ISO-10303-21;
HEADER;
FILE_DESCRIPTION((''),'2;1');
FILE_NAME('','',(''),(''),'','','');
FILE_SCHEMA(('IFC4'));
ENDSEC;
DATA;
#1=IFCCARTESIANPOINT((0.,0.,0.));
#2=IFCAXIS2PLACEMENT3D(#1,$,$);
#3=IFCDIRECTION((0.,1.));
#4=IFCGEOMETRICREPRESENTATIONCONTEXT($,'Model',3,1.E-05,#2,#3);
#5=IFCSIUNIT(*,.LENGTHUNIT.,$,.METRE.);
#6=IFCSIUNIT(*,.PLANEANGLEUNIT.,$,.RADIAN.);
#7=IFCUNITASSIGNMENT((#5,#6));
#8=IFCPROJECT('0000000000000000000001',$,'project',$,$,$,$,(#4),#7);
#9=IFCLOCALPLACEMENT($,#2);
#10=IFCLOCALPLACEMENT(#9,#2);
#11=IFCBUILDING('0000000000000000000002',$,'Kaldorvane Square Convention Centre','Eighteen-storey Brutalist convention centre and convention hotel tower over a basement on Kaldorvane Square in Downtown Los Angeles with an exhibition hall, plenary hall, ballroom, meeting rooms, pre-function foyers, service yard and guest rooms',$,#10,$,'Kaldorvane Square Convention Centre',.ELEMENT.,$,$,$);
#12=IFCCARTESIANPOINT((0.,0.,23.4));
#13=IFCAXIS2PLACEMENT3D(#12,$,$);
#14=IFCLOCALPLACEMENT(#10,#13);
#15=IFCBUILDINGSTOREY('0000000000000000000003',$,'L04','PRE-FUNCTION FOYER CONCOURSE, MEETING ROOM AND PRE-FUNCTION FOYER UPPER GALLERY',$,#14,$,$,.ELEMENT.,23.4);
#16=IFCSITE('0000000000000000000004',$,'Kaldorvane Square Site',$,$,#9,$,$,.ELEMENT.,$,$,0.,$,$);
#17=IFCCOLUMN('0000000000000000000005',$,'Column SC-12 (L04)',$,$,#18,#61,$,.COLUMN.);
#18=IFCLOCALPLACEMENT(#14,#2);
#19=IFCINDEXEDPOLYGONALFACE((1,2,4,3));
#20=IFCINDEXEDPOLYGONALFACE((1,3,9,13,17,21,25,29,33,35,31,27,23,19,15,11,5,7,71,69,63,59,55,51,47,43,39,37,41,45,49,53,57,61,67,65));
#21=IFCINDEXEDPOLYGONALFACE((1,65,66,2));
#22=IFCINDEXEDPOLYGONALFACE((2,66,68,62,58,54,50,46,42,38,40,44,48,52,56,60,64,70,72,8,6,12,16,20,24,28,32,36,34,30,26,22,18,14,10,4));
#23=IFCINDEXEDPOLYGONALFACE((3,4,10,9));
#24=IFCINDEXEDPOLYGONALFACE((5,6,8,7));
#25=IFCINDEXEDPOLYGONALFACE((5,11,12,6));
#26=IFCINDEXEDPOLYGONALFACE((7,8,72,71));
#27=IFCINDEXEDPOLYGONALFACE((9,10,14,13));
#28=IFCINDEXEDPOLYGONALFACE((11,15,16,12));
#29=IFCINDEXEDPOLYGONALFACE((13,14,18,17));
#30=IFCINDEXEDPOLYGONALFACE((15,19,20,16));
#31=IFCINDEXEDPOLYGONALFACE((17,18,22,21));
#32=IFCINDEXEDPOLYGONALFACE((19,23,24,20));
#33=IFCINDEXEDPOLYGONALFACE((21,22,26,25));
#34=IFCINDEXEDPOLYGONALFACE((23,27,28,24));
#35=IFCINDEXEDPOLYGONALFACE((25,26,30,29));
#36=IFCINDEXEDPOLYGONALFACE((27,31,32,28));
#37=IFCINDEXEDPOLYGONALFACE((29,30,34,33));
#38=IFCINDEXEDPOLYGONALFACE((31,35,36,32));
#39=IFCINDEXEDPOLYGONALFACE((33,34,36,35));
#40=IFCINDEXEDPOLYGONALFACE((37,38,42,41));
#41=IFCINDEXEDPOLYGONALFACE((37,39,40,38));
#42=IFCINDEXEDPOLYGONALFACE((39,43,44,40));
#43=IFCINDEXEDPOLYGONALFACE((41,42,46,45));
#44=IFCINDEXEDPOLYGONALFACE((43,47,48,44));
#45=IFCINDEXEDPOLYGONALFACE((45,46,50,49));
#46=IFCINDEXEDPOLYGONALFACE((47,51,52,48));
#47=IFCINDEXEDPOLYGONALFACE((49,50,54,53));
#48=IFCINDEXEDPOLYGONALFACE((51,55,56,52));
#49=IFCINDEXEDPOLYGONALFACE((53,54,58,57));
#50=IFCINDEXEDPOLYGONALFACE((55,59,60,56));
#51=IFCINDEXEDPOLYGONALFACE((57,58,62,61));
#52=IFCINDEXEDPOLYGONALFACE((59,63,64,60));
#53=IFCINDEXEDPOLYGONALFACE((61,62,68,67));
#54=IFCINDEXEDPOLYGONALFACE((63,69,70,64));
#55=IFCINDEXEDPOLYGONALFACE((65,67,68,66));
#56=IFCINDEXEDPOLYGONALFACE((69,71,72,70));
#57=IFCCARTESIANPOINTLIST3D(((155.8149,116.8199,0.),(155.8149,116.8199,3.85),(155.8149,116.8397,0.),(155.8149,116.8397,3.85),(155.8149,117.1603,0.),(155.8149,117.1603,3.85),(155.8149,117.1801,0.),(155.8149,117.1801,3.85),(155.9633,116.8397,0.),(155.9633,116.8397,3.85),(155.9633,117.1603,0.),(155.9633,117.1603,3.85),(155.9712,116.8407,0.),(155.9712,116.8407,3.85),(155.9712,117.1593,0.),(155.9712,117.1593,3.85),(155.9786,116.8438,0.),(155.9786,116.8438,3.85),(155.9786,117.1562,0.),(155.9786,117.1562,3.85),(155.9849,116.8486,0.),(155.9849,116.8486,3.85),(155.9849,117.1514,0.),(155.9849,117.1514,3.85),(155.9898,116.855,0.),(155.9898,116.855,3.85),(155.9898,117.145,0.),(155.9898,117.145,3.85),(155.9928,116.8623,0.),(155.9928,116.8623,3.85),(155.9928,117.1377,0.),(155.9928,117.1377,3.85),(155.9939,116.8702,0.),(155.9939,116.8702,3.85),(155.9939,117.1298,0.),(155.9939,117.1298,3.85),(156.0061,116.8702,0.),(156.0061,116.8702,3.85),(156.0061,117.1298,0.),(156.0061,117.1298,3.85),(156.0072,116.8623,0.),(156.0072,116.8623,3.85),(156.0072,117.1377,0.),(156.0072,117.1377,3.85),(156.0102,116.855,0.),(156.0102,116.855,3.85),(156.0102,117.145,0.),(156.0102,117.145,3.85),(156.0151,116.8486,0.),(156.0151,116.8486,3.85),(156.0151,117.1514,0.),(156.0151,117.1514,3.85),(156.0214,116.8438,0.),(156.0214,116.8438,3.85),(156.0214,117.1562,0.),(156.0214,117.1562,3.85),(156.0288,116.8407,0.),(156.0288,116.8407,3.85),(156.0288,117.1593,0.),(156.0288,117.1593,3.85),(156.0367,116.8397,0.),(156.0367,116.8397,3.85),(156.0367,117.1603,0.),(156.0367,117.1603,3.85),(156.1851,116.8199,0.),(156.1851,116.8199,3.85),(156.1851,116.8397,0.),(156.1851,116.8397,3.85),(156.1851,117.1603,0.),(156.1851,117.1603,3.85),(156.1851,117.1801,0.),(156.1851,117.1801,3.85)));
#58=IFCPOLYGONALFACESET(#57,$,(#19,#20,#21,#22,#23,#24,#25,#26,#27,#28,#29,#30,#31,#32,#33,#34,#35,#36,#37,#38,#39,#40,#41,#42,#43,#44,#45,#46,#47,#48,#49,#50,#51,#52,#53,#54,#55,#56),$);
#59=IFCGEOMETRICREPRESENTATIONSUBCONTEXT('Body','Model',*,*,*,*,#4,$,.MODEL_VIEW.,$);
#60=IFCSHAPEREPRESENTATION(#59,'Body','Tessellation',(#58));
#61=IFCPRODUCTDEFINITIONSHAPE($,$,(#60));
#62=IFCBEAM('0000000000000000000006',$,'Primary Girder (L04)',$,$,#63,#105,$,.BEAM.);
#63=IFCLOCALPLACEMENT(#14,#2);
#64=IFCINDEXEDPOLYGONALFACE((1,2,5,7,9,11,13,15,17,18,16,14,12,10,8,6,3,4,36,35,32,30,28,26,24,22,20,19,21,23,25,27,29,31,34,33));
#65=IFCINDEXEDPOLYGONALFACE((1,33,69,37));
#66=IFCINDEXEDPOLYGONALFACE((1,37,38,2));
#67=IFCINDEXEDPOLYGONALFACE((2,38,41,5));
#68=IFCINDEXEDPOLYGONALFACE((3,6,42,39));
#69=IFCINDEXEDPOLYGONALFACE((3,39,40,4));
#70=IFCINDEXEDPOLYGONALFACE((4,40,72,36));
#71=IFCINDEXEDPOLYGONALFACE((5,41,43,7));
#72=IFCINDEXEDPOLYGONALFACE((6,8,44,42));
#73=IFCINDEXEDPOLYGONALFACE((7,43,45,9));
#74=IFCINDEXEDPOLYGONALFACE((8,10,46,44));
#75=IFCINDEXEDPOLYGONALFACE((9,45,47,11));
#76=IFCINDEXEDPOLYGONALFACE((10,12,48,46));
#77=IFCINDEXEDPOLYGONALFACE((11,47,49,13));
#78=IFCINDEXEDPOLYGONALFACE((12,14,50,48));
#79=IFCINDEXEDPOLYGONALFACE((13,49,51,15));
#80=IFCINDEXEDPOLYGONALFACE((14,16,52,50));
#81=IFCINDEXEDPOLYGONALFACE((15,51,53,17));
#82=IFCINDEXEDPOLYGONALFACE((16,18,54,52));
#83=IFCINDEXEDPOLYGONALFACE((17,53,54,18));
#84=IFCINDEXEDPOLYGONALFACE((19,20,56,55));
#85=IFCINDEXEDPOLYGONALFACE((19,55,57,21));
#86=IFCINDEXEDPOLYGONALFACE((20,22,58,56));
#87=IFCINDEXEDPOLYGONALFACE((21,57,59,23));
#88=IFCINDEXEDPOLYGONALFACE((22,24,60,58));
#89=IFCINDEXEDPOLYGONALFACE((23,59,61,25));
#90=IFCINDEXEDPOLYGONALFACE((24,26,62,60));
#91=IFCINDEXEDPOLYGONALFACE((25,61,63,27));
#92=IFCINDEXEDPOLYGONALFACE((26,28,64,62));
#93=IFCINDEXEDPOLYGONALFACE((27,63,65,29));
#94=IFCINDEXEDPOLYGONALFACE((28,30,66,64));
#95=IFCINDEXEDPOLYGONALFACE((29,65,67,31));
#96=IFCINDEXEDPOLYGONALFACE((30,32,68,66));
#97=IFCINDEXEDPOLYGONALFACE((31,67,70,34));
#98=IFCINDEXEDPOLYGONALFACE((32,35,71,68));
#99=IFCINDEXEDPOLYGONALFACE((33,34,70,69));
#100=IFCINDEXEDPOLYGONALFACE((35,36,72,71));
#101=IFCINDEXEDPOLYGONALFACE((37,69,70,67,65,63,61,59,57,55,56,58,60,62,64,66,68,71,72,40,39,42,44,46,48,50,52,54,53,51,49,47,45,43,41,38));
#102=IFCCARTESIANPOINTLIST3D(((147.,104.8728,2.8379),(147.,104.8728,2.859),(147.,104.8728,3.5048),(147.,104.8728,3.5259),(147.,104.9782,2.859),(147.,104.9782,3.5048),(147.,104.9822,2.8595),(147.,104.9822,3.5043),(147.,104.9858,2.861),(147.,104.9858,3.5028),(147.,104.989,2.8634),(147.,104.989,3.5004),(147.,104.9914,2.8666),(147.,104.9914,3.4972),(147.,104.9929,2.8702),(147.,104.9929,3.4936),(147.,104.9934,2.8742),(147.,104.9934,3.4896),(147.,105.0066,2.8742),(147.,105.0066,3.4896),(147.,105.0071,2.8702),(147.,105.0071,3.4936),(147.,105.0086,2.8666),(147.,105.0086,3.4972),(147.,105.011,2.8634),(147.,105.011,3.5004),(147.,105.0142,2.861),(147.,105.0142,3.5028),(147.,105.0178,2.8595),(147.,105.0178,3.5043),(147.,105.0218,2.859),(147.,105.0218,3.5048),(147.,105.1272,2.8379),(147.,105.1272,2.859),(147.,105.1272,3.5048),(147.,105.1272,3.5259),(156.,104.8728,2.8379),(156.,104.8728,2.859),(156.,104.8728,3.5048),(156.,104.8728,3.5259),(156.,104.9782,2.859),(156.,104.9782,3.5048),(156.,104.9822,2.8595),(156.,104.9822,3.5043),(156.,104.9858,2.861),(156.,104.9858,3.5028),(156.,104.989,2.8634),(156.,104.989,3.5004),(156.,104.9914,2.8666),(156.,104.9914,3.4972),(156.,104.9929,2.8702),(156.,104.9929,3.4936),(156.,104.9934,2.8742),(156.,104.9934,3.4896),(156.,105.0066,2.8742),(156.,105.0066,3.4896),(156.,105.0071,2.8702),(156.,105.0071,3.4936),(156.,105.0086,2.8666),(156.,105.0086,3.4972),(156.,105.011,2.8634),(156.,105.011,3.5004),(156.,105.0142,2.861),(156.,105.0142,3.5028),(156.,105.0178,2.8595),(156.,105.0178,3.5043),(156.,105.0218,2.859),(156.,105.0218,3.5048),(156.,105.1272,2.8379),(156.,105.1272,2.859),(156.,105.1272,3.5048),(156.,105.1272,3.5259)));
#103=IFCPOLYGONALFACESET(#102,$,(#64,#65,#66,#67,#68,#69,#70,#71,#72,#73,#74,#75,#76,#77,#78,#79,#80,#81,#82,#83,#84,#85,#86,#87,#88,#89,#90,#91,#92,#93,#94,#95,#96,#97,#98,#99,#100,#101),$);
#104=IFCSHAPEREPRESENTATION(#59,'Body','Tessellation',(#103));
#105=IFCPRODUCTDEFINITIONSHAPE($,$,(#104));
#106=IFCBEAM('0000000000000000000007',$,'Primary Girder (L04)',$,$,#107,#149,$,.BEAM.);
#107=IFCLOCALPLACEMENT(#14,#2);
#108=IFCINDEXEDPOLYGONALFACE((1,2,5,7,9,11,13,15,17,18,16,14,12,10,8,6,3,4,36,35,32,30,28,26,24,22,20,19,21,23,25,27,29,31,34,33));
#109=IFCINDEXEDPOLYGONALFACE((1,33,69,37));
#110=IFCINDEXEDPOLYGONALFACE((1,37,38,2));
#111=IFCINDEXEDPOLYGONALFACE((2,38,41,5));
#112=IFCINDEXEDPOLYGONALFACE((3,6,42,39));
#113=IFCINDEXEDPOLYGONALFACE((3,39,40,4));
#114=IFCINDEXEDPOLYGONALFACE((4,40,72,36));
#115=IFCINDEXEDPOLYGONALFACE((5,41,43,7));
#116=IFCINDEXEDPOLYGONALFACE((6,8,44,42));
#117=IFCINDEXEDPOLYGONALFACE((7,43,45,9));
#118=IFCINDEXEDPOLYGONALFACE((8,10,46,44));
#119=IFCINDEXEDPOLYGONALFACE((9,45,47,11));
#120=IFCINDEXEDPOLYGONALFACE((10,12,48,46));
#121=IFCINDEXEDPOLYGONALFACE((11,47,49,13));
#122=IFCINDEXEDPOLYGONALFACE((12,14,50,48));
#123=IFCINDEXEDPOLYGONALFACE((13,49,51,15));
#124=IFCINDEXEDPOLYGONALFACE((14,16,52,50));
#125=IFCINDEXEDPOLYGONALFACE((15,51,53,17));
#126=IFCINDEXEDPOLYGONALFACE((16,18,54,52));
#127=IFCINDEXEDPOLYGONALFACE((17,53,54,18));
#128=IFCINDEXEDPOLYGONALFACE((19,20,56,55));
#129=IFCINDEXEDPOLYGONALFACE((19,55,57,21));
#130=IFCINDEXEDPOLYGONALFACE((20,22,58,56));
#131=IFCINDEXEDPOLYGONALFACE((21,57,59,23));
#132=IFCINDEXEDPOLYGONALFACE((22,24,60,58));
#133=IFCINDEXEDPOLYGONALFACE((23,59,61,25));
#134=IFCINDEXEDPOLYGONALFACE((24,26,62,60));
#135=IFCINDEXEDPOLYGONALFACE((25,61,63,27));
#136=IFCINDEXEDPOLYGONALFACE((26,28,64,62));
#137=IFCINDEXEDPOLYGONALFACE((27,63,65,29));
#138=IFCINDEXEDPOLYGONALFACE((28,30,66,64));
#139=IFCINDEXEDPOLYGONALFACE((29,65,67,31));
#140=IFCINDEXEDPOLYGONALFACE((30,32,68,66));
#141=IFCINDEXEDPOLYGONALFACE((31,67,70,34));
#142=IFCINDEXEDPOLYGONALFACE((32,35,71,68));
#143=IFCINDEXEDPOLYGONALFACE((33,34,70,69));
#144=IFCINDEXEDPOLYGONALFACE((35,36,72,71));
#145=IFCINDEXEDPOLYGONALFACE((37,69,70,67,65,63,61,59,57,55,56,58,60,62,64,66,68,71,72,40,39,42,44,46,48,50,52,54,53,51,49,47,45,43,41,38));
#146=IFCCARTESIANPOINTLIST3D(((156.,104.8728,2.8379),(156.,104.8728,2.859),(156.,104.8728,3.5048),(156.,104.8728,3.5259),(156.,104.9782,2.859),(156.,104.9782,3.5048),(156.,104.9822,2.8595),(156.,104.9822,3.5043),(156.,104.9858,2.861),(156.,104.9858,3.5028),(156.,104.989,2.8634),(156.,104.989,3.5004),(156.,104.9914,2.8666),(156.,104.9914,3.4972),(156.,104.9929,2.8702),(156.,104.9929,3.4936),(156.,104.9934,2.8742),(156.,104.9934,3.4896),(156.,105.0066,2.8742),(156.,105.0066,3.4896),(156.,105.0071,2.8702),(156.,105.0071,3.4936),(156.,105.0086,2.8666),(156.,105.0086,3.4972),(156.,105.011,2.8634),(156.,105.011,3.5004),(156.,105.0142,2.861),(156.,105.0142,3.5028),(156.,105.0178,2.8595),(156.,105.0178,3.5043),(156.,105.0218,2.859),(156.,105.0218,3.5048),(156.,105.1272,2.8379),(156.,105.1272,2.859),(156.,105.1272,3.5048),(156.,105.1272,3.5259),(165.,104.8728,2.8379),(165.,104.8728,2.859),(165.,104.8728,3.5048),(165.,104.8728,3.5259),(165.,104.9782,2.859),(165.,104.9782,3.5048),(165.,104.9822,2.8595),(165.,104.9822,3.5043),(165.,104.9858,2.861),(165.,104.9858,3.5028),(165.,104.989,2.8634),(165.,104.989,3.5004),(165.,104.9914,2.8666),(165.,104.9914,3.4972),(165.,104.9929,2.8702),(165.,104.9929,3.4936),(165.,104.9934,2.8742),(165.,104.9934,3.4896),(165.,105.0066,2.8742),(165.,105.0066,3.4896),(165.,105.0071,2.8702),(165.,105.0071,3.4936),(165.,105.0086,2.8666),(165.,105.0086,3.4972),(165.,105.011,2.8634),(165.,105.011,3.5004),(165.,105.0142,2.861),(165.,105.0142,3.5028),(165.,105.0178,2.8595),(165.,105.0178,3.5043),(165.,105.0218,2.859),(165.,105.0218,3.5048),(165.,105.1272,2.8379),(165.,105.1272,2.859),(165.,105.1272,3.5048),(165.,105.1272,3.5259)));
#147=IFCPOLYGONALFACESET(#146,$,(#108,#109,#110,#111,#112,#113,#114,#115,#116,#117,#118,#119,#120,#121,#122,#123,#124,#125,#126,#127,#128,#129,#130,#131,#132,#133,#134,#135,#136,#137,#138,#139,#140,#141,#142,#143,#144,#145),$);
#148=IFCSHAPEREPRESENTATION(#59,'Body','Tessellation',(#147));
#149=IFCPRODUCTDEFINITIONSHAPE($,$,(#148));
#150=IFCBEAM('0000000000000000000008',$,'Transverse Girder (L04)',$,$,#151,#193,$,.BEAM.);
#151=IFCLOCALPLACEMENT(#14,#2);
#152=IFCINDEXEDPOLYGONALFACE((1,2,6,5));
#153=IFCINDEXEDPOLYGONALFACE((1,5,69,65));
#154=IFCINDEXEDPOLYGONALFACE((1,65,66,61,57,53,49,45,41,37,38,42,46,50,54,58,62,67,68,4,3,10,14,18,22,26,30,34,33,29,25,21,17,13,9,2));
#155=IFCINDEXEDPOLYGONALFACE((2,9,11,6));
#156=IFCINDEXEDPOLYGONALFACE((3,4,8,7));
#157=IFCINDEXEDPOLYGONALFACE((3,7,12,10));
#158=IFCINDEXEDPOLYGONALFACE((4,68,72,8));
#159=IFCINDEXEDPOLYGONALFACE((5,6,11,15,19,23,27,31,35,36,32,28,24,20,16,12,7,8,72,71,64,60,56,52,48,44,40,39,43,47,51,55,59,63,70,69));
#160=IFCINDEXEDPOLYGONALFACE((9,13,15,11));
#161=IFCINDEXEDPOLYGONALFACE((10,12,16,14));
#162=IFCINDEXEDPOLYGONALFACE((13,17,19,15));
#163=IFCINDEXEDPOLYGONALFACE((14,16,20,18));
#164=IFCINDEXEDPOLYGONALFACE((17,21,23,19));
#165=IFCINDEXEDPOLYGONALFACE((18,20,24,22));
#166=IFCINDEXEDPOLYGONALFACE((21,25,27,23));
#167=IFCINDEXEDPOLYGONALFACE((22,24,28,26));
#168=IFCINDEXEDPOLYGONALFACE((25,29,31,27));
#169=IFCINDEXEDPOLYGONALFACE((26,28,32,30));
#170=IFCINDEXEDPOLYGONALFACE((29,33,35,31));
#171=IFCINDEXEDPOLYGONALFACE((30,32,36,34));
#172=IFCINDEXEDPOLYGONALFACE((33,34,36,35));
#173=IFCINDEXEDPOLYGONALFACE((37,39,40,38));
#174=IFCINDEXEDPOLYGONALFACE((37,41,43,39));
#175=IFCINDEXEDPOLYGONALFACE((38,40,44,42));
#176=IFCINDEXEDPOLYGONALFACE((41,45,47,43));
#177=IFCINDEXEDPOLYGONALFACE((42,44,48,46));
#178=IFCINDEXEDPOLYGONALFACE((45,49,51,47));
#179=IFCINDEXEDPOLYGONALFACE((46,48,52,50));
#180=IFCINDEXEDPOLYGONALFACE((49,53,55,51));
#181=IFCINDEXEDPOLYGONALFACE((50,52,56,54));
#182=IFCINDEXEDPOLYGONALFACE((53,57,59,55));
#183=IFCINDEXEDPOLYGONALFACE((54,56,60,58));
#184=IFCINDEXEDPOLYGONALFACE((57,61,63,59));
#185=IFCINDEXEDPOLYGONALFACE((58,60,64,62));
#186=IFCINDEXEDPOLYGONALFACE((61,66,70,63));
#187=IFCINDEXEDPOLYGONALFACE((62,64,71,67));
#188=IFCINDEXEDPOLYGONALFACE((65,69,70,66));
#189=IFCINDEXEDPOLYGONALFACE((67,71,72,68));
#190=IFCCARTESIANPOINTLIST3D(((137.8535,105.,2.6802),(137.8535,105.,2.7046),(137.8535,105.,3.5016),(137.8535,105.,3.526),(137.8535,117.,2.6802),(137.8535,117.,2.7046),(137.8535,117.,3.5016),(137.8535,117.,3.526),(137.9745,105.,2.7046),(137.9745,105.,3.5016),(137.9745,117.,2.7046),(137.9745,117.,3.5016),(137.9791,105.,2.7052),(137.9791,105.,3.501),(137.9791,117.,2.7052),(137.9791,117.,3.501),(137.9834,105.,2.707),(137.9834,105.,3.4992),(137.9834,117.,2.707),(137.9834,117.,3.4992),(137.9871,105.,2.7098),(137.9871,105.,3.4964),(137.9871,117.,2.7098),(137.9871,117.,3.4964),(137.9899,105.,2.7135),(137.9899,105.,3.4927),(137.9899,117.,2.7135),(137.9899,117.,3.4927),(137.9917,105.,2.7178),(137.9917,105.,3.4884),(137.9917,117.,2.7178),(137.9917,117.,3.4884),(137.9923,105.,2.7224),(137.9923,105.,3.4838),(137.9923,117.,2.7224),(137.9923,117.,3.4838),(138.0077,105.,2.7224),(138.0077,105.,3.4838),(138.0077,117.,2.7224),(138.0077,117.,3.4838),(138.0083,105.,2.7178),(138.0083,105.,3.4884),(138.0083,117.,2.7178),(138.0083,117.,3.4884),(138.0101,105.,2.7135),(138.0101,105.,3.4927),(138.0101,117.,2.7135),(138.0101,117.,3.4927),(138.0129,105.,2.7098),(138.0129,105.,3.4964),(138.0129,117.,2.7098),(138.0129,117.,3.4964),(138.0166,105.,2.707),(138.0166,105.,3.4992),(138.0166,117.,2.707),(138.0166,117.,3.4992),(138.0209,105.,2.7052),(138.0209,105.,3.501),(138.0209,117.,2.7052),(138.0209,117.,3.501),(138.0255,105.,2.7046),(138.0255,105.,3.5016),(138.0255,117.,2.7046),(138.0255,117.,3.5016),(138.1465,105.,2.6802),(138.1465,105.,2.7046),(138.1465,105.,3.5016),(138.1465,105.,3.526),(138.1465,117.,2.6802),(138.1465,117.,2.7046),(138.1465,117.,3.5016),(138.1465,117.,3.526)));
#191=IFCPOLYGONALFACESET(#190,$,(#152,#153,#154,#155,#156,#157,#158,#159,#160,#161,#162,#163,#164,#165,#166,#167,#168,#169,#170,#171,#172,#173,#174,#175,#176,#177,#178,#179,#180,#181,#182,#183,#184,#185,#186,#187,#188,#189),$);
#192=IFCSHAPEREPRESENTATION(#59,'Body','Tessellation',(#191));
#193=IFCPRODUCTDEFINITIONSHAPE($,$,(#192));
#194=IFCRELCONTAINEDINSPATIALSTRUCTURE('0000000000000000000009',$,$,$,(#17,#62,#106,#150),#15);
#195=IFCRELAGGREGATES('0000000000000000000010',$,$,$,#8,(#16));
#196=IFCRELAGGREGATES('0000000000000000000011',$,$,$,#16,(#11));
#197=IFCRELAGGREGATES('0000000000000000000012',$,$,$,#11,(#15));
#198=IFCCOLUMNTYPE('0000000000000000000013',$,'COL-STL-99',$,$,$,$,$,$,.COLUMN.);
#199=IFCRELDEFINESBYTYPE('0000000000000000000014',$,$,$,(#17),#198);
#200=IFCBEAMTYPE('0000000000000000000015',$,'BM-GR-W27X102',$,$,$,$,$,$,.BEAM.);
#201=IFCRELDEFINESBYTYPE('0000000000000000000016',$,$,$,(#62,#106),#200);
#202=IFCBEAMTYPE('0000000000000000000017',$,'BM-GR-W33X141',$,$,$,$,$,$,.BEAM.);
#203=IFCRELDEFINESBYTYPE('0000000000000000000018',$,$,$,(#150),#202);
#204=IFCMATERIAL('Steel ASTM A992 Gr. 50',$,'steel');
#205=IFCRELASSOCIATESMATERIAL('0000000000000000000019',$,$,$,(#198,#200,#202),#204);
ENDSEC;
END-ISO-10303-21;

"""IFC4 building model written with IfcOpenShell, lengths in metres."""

from ifc_helpers import new_model, si_unit, direction, frame, origin, origin_2d, place, context, subcontext, project, spatial, i_section, extrude, material, material_profile, profile_set, type_object, element, save


model = new_model("IFC4")

# Units and contexts
model_context = context("Model", 3, precision=1e-05, world=origin(), true_north=direction((0.0, 1.0)))
body_context = subcontext(model_context, "Body", "Model", "MODEL_VIEW")
ifc_project = project(units=[si_unit("LENGTHUNIT", "METRE"), si_unit("PLANEANGLEUNIT", "RADIAN")], contexts=[model_context])

# Site, building, storey
site_placement = place(None, origin())
site = spatial("IfcSite", under=ifc_project, at=site_placement, Name="Kaldorvane Square Site", CompositionType="ELEMENT", RefElevation=0.0)
building_placement = place(site_placement, origin())
building = spatial("IfcBuilding", under=site, at=building_placement, Name="Kaldorvane Square Convention Centre", Description="Eighteen-storey Brutalist convention centre and convention hotel tower over a basement on Kaldorvane Square in Downtown Los Angeles with an exhibition hall, plenary hall, ballroom, meeting rooms, pre-function foyers, service yard and guest rooms", LongName="Kaldorvane Square Convention Centre", CompositionType="ELEMENT")
storey_placement = place(building_placement, frame((0.0, 0.0, 23.4)))
storey = spatial("IfcBuildingStorey", under=building, at=storey_placement, Name="L04", Description="PRE-FUNCTION FOYER CONCOURSE, MEETING ROOM AND PRE-FUNCTION FOYER UPPER GALLERY", CompositionType="ELEMENT", Elevation=23.4)

# Column
ifc_material_1 = material(Name="Steel ASTM A992 Gr. 50", Category="steel")
ifc_material_profile_1 = material_profile(ifc_material_1, i_section(OverallWidth=0.3701, OverallDepth=0.3602, WebThickness=0.0123, FlangeThickness=0.0198, FilletRadius=0.0305, at=origin_2d()), Name="W14X99")
ifc_profile_set_1 = profile_set([ifc_material_profile_1], Name="Steel ASTM A992 Gr. 50")
column_type = type_object("IfcColumnType", Name="COL-STL-99", PredefinedType="COLUMN", material=ifc_profile_set_1)
for number, where, z_axis, x_axis, name in (
    (1, (156.0, 117.0, 0.0), (0.0, 0.0, 1.0), (1.0, 0.0, 0.0), "Column SC-12 (L04)"),
):
    element("IfcColumn", number, at=place(storey_placement, frame(where, z_axis=z_axis, x_axis=x_axis)), inside=storey, type_object=column_type, Name=name, PredefinedType="COLUMN", context=body_context, shape_type="SweptSolid", body=[
        extrude(i_section(OverallWidth=0.3701, OverallDepth=0.3602, WebThickness=0.0123, FlangeThickness=0.0198, FilletRadius=0.0305, at=origin_2d()), origin(), (0.0, 0.0, 1.0), 3.85),
    ])

# Beams
ifc_material_profile_2 = material_profile(ifc_material_1, i_section(OverallWidth=0.2544, OverallDepth=0.6881, WebThickness=0.0131, FlangeThickness=0.0211, FilletRadius=0.0152, at=origin_2d()), Name="W27X102")
ifc_profile_set_2 = profile_set([ifc_material_profile_2], Name="Steel ASTM A992 Gr. 50")
beam_type_1 = type_object("IfcBeamType", Name="BM-GR-W27X102", PredefinedType="BEAM", material=ifc_profile_set_2)
for number, where, z_axis, x_axis, name in (
    (2, (147.0, 105.0, 3.1819), (1.0, 0.0, 0.0), (0.0, 1.0, 0.0), "Primary Girder (L04)"),
    (3, (156.0, 105.0, 3.1819), (1.0, 0.0, 0.0), (0.0, 1.0, 0.0), "Primary Girder (L04)"),
):
    element("IfcBeam", number, at=place(storey_placement, frame(where, z_axis=z_axis, x_axis=x_axis)), inside=storey, type_object=beam_type_1, Name=name, PredefinedType="BEAM", context=body_context, shape_type="SweptSolid", body=[
        extrude(i_section(OverallWidth=0.2544, OverallDepth=0.6881, WebThickness=0.0131, FlangeThickness=0.0211, FilletRadius=0.0152, at=origin_2d()), origin(), (0.0, 0.0, 1.0), 9.0),
    ])
ifc_material_profile_3 = material_profile(ifc_material_1, i_section(OverallWidth=0.293, OverallDepth=0.8458, WebThickness=0.0154, FlangeThickness=0.0244, FilletRadius=0.0178, at=origin_2d()), Name="W33X141")
ifc_profile_set_3 = profile_set([ifc_material_profile_3], Name="Steel ASTM A992 Gr. 50")
beam_type_2 = type_object("IfcBeamType", Name="BM-GR-W33X141", PredefinedType="BEAM", material=ifc_profile_set_3)
for number, where, z_axis, x_axis, name in (
    (4, (138.0, 105.0, 3.1031), (0.0, 1.0, 0.0), (-1.0, 0.0, 0.0), "Transverse Girder (L04)"),
):
    element("IfcBeam", number, at=place(storey_placement, frame(where, z_axis=z_axis, x_axis=x_axis)), inside=storey, type_object=beam_type_2, Name=name, PredefinedType="BEAM", context=body_context, shape_type="SweptSolid", body=[
        extrude(i_section(OverallWidth=0.293, OverallDepth=0.8458, WebThickness=0.0154, FlangeThickness=0.0244, FilletRadius=0.0178, at=origin_2d()), origin(), (0.0, 0.0, 1.0), 12.0),
    ])

save(model, "model.ifc")
